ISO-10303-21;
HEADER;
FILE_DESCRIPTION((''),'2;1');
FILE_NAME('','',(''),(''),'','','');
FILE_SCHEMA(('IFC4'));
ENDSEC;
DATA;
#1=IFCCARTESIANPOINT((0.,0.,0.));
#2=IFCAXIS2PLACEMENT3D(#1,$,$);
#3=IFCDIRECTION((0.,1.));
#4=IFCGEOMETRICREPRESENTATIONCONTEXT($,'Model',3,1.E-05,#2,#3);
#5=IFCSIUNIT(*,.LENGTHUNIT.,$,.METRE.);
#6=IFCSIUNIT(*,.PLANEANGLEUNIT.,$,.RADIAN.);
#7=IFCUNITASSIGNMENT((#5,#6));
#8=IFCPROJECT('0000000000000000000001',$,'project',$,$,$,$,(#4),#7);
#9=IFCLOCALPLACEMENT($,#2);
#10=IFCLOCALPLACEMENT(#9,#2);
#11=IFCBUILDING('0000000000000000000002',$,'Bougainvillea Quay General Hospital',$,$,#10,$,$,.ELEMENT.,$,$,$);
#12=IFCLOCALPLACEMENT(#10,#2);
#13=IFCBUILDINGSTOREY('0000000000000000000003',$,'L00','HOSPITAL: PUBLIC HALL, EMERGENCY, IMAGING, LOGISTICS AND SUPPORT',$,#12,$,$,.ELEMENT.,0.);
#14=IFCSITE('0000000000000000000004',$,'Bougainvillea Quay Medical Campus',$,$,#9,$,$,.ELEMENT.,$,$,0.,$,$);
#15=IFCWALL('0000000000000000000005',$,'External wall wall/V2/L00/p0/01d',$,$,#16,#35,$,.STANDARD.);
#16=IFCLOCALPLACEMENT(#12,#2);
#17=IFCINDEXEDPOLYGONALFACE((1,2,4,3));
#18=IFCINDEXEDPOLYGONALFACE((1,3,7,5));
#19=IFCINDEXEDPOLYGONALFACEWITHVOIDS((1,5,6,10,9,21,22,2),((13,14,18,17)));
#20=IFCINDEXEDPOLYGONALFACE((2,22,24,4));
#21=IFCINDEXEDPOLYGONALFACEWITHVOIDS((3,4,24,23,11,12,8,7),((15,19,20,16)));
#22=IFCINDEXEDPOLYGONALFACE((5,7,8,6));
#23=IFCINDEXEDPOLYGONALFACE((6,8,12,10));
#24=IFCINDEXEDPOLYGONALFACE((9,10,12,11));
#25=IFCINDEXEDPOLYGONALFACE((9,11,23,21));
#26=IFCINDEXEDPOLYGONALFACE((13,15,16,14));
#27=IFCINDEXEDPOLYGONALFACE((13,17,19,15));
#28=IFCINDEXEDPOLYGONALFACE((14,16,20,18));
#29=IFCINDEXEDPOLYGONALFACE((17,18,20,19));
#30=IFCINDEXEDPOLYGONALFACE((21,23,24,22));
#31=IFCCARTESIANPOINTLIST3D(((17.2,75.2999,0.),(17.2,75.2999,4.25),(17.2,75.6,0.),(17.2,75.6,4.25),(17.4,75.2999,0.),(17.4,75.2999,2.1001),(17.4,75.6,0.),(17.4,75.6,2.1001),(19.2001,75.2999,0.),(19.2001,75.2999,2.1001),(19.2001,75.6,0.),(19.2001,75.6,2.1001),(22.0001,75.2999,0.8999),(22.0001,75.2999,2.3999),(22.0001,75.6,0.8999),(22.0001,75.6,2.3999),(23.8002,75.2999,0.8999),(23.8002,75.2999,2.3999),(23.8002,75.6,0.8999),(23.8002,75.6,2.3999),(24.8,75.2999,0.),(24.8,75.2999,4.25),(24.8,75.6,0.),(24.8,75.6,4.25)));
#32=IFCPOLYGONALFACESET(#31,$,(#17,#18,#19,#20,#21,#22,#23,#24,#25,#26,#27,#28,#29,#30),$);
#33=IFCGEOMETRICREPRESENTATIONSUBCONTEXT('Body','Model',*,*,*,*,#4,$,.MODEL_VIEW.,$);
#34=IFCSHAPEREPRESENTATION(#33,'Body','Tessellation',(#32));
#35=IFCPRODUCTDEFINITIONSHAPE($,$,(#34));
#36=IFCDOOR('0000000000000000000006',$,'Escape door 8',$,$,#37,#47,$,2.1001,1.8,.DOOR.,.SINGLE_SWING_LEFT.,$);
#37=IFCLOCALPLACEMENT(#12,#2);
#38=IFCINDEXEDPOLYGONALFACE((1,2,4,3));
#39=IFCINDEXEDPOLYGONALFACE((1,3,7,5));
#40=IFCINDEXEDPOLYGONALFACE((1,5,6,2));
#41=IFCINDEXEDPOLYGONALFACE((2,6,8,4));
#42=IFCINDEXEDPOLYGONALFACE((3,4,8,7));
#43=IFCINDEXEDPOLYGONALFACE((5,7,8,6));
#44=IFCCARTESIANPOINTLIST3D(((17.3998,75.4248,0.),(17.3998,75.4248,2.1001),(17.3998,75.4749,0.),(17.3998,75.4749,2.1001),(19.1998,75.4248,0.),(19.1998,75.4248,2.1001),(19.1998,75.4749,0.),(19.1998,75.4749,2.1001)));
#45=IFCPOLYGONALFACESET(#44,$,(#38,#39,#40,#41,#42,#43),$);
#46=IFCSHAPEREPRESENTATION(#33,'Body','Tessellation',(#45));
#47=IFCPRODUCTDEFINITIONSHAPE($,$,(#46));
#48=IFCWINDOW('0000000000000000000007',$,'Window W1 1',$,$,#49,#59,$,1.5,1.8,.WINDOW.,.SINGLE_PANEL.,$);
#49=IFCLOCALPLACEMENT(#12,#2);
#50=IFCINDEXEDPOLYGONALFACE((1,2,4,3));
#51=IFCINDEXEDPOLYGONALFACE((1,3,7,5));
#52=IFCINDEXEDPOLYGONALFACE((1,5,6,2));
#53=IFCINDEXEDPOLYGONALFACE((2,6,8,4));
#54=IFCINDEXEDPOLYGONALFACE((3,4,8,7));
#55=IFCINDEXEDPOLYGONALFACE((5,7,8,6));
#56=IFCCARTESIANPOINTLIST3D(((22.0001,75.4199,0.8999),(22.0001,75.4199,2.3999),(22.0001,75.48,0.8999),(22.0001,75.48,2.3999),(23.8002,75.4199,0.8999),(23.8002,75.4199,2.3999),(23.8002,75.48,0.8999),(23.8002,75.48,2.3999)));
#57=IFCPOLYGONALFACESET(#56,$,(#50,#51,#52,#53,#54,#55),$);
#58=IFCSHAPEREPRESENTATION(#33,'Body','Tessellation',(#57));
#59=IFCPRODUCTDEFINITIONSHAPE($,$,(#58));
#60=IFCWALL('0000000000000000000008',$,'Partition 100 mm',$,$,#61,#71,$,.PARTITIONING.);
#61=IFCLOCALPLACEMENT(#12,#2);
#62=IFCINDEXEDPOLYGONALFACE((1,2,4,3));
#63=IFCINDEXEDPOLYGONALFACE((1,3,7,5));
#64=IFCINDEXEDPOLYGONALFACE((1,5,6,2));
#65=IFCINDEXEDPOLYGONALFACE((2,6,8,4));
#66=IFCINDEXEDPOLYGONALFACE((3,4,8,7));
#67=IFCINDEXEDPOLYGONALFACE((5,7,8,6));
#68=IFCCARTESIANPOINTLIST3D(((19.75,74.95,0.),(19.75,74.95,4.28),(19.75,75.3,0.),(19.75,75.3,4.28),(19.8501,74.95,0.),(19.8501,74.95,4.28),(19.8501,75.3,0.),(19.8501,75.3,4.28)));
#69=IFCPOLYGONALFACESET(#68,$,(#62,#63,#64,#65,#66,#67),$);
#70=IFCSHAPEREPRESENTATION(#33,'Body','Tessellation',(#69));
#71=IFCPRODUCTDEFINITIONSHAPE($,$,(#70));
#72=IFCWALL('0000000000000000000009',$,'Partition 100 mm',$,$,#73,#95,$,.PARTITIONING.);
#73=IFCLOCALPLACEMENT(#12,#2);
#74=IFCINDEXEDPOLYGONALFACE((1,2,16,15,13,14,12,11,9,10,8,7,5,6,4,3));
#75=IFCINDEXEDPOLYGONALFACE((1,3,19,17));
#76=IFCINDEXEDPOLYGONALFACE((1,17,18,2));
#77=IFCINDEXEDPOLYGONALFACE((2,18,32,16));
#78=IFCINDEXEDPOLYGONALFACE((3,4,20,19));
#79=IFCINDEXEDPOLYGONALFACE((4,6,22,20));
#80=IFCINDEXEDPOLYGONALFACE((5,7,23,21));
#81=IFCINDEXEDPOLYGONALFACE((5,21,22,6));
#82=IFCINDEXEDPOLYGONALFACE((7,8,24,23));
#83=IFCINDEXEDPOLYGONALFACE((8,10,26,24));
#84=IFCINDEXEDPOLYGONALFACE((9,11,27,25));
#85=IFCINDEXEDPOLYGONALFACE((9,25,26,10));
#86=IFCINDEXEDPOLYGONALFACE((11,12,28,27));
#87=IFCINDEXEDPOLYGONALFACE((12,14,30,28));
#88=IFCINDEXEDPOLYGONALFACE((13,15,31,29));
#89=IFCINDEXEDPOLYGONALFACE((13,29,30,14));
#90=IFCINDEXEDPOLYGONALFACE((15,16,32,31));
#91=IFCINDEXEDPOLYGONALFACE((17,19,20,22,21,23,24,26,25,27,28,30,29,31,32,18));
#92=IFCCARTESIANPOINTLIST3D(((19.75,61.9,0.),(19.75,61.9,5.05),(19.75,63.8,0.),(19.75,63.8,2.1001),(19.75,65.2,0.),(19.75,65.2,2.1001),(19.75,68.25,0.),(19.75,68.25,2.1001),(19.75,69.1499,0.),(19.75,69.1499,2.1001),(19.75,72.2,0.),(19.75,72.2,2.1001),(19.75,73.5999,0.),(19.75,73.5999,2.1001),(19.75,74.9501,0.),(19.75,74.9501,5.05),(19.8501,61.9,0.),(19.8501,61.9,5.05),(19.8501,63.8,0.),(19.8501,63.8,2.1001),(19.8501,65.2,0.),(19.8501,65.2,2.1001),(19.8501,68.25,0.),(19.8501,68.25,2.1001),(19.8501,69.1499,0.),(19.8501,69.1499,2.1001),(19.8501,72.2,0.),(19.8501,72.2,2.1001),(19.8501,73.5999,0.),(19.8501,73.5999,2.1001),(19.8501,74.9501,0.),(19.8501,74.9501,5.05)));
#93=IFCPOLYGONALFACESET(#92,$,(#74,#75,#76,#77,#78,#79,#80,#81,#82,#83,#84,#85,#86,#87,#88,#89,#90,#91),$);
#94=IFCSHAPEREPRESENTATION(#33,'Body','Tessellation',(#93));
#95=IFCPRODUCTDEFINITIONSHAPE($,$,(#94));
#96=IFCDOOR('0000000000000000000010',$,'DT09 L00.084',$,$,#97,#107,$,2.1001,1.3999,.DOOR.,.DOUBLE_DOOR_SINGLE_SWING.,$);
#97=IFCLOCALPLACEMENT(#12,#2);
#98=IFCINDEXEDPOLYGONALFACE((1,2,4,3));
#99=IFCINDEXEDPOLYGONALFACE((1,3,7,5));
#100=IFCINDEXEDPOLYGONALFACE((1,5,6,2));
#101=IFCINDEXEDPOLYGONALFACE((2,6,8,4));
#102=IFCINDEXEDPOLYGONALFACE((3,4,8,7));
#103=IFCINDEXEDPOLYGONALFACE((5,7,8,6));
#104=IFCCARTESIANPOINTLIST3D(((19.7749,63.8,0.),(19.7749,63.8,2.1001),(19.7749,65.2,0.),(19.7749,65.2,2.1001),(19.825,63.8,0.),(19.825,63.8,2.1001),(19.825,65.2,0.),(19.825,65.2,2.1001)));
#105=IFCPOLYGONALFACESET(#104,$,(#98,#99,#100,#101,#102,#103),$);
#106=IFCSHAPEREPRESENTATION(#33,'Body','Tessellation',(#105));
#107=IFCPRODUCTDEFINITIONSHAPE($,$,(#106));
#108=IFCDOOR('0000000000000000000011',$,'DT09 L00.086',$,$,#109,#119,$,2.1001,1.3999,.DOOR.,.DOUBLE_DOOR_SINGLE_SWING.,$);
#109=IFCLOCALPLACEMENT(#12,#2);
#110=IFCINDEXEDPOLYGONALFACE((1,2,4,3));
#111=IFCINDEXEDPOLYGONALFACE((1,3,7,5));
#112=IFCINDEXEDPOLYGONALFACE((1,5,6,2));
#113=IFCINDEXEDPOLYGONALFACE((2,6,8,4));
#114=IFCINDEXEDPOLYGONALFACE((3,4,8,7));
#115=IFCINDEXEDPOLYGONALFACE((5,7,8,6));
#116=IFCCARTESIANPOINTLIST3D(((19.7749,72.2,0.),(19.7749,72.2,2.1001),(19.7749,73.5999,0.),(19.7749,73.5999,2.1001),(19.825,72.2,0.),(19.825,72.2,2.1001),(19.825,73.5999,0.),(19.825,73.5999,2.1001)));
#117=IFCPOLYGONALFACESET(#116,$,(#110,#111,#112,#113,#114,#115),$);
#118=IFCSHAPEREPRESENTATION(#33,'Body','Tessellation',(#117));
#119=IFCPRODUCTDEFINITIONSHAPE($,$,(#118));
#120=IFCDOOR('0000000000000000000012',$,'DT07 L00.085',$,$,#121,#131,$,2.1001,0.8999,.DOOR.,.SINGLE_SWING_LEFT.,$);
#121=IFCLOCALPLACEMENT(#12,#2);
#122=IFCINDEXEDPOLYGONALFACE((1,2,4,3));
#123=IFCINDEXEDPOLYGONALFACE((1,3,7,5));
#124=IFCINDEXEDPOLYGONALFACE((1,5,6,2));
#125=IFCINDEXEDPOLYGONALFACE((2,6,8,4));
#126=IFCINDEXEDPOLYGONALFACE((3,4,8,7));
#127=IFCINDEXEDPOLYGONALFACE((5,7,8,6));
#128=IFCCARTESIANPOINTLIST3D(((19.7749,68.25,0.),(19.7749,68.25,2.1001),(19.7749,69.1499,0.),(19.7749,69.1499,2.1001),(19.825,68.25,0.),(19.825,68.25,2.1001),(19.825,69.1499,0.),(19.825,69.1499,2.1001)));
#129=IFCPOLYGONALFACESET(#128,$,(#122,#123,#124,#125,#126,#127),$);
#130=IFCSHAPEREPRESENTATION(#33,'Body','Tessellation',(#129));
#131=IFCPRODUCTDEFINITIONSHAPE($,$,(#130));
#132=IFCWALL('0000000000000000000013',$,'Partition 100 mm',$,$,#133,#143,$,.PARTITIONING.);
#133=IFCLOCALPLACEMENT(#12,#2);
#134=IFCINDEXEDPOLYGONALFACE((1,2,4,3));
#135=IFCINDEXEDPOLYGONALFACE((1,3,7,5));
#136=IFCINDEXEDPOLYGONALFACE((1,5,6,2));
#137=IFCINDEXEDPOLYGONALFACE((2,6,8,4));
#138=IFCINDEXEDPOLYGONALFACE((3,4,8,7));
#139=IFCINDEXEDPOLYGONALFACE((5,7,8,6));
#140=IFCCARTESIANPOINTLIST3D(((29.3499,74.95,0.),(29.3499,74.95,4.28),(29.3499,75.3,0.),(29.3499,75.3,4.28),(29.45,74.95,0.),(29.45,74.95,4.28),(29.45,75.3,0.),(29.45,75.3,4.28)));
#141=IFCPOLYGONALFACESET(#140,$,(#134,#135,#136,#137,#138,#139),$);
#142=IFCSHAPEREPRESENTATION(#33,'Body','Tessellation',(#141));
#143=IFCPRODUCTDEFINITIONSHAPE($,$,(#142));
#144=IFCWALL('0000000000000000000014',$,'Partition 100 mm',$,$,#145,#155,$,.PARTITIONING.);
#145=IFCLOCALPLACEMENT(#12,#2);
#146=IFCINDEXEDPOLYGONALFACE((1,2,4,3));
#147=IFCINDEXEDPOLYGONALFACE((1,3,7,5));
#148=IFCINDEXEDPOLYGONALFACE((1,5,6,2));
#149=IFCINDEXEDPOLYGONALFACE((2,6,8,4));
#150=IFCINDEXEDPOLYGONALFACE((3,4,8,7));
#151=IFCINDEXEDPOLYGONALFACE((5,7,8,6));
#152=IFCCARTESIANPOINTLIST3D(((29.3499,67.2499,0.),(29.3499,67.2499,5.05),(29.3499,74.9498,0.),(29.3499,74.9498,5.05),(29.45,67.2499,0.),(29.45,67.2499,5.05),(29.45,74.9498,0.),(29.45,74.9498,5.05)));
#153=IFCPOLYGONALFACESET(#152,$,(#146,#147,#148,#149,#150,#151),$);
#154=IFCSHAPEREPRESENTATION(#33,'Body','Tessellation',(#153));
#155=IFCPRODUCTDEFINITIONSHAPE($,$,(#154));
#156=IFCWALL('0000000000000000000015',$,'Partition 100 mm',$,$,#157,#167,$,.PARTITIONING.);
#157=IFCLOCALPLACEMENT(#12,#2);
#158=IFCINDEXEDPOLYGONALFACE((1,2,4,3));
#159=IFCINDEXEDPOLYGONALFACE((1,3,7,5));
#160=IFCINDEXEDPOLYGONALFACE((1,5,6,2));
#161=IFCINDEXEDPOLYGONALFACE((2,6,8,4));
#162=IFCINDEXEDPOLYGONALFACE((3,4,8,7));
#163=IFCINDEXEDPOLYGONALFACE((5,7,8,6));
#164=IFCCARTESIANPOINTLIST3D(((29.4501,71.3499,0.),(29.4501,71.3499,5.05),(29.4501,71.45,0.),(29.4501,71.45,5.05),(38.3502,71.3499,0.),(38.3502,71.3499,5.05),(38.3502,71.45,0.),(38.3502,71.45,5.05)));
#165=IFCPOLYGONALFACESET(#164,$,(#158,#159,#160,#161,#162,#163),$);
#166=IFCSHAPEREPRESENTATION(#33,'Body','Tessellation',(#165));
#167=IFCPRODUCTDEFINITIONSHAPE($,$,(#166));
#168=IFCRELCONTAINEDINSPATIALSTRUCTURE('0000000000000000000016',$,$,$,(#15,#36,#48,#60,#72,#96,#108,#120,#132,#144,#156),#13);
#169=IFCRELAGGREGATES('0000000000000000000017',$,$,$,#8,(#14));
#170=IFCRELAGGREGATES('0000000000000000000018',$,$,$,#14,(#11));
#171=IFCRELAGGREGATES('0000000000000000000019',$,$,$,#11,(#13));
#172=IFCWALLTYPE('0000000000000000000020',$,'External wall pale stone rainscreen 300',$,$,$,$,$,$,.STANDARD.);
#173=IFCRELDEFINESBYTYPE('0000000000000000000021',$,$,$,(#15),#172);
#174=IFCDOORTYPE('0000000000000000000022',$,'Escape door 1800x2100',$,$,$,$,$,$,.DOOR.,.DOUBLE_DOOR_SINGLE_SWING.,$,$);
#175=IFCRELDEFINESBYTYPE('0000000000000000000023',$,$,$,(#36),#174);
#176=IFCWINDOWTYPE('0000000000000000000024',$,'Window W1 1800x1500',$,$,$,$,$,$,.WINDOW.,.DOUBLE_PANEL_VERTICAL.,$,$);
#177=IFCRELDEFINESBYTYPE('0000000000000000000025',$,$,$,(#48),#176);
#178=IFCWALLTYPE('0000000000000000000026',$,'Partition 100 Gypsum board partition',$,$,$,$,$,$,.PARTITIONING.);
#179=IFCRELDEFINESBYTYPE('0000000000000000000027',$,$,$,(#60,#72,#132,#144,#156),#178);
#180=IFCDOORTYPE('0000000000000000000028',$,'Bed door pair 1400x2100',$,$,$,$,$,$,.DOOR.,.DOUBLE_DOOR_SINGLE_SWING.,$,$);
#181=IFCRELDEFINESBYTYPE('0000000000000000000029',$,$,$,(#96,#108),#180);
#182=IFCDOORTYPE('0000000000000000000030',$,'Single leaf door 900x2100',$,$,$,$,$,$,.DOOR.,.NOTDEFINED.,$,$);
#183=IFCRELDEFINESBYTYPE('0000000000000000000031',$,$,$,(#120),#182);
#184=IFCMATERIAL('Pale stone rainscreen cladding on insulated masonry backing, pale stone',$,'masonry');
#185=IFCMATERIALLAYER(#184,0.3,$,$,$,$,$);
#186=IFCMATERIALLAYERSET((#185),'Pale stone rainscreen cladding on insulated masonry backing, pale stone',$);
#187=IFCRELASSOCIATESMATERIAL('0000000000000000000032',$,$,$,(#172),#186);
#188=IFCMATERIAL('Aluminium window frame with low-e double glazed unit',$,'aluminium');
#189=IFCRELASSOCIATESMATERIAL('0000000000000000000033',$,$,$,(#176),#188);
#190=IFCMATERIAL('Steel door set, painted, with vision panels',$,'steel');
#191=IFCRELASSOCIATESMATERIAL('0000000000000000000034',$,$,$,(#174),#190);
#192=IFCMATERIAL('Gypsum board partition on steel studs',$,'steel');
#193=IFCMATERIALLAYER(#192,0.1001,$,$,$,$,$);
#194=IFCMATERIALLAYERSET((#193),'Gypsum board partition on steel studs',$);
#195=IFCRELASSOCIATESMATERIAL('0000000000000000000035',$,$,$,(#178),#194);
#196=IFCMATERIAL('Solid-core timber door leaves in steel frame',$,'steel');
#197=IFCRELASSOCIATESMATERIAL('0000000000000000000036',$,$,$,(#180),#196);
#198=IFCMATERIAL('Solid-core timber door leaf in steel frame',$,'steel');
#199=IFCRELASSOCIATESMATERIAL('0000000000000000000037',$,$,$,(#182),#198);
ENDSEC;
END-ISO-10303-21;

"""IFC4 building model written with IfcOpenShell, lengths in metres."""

from ifc_helpers import new_model, si_unit, direction, frame, frame_2d, origin, place, context, subcontext, project, spatial, rectangle, extrude, material, layer, layer_set, type_object, element, fill, save


model = new_model("IFC4")

# Units and contexts
model_context = context("Model", 3, precision=1e-05, world=origin(), true_north=direction((0.0, 1.0)))
body_context = subcontext(model_context, "Body", "Model", "MODEL_VIEW")
ifc_project = project(units=[si_unit("LENGTHUNIT", "METRE"), si_unit("PLANEANGLEUNIT", "RADIAN")], contexts=[model_context])

# Site, building, storey
site_placement = place(None, origin())
site = spatial("IfcSite", under=ifc_project, at=site_placement, Name="Bougainvillea Quay Medical Campus", CompositionType="ELEMENT", RefElevation=0.0)
building_placement = place(site_placement, origin())
building = spatial("IfcBuilding", under=site, at=building_placement, Name="Bougainvillea Quay General Hospital", CompositionType="ELEMENT")
storey_placement = place(building_placement, origin())
storey = spatial("IfcBuildingStorey", under=building, at=storey_placement, Name="L00", Description="HOSPITAL: PUBLIC HALL, EMERGENCY, IMAGING, LOGISTICS AND SUPPORT", CompositionType="ELEMENT", Elevation=0.0)

# Shared definitions
ifc_material_1 = material(Name="Pale stone rainscreen cladding on insulated masonry backing, pale stone", Category="masonry")
ifc_layer_1 = layer(ifc_material_1, 0.3)
ifc_layer_set_1 = layer_set([ifc_layer_1], Name="Pale stone rainscreen cladding on insulated masonry backing, pale stone")
wall_type_1 = type_object("IfcWallType", Name="External wall pale stone rainscreen 300", PredefinedType="STANDARD", material=ifc_layer_set_1)
ifc_material_2 = material(Name="Aluminium window frame with low-e double glazed unit", Category="aluminium")
window_type = type_object("IfcWindowType", Name="Window W1 1800x1500", PartitioningType="DOUBLE_PANEL_VERTICAL", PredefinedType="WINDOW", material=ifc_material_2)

# Wall, openings, door, window
wall_1_placement = place(storey_placement, frame((24.8, 75.45, 0.0), z_axis=(0.0, 0.0, 1.0), x_axis=(-1.0, 0.0, 0.0)))
wall_1 = element("IfcWall", 1, at=wall_1_placement, inside=storey, type_object=wall_type_1, Name="External wall wall/V2/L00/p0/01d", PredefinedType="STANDARD", context=body_context, shape_type="SweptSolid", body=[
    extrude(rectangle(XDim=7.6001, YDim=0.3, at=frame_2d((3.8, 0.0))), origin(), (0.0, 0.0, 1.0), 4.25),
])
opening_1_placement = place(wall_1_placement, frame((5.6001, 0.0, 0.0)))
opening_1 = element("IfcOpeningElement", 2, at=opening_1_placement, cuts=wall_1, PredefinedType="OPENING", context=body_context, shape_type="SweptSolid", body=[
    extrude(rectangle(XDim=1.8, YDim=2.1001, at=frame_2d((0.8999, 1.05))), frame((0.0, 0.1599, 0.0), z_axis=(0.0, -1.0, 0.0), x_axis=(1.0, 0.0, 0.0)), (0.0, 0.0, 1.0), 0.3201),
])
opening_2_placement = place(wall_1_placement, frame((1.0, 0.0, 0.8999)))
opening_2 = element("IfcOpeningElement", 3, at=opening_2_placement, cuts=wall_1, PredefinedType="OPENING", context=body_context, shape_type="SweptSolid", body=[
    extrude(rectangle(XDim=1.8, YDim=1.5, at=frame_2d((0.8999, 0.75))), frame((0.0, 0.1599, 0.0), z_axis=(0.0, -1.0, 0.0), x_axis=(1.0, 0.0, 0.0)), (0.0, 0.0, 1.0), 0.3201),
])
ifc_material_3 = material(Name="Steel door set, painted, with vision panels", Category="steel")
door_type_1 = type_object("IfcDoorType", Name="Escape door 1800x2100", OperationType="DOUBLE_DOOR_SINGLE_SWING", PredefinedType="DOOR", material=ifc_material_3)
door_1_placement = place(opening_1_placement, frame((1.8, 0.0, 0.0), z_axis=(0.0, 0.0, 1.0), x_axis=(-1.0, 0.0, 0.0)))
door_1 = element("IfcDoor", 4, at=door_1_placement, inside=storey, type_object=door_type_1, Name="Escape door 8", OperationType="SINGLE_SWING_LEFT", OverallHeight=2.1001, OverallWidth=1.8, PredefinedType="DOOR", context=body_context, shape_type="SweptSolid", body=[
    extrude(rectangle(XDim=1.8, YDim=2.1001, at=frame_2d((0.8999, 1.05))), frame((0.0, 0.0249, 0.0), z_axis=(0.0, -1.0, 0.0), x_axis=(1.0, 0.0, 0.0)), (0.0, 0.0, 1.0), 0.05),
])
fill(opening_1, door_1)
window_1_placement = place(opening_2_placement, origin())
window_1 = element("IfcWindow", 5, at=window_1_placement, inside=storey, type_object=window_type, Name="Window W1 1", OverallHeight=1.5, OverallWidth=1.8, PartitioningType="SINGLE_PANEL", PredefinedType="WINDOW", context=body_context, shape_type="SweptSolid", body=[
    extrude(rectangle(XDim=1.8, YDim=1.5, at=frame_2d((0.8999, 0.75))), frame((0.0, 0.03, 0.0), z_axis=(0.0, -1.0, 0.0), x_axis=(1.0, 0.0, 0.0)), (0.0, 0.0, 1.0), 0.0601),
])
fill(opening_2, window_1)

# Wall
ifc_material_4 = material(Name="Gypsum board partition on steel studs", Category="steel")
ifc_layer_2 = layer(ifc_material_4, 0.1001)
ifc_layer_set_2 = layer_set([ifc_layer_2], Name="Gypsum board partition on steel studs")
wall_type_2 = type_object("IfcWallType", Name="Partition 100 Gypsum board partition", PredefinedType="PARTITIONING", material=ifc_layer_set_2)
wall_2_placement = place(storey_placement, frame((19.8, 75.3, 0.0), z_axis=(0.0, 0.0, 1.0), x_axis=(0.0, -1.0, 0.0)))
element("IfcWall", 6, at=wall_2_placement, inside=storey, type_object=wall_type_2, Name="Partition 100 mm", PredefinedType="PARTITIONING", context=body_context, shape_type="SweptSolid", body=[
    extrude(rectangle(XDim=0.3501, YDim=0.1001, at=frame_2d((0.175, 0.0))), origin(), (0.0, 0.0, 1.0), 4.28),
])

# Wall, openings, doors
wall_3_placement = place(storey_placement, frame((19.8, 74.95, 0.0), z_axis=(0.0, 0.0, 1.0), x_axis=(0.0, -1.0, 0.0)))
wall_3 = element("IfcWall", 7, at=wall_3_placement, inside=storey, type_object=wall_type_2, Name="Partition 100 mm", PredefinedType="PARTITIONING", context=body_context, shape_type="SweptSolid", body=[
    extrude(rectangle(XDim=13.05, YDim=0.1001, at=frame_2d((6.5249, 0.0))), origin(), (0.0, 0.0, 1.0), 5.05),
])
opening_3_placement = place(wall_3_placement, frame((9.75, 0.0, 0.0)))
opening_3 = element("IfcOpeningElement", 8, at=opening_3_placement, cuts=wall_3, PredefinedType="OPENING", context=body_context, shape_type="SweptSolid", body=[
    extrude(rectangle(XDim=1.3999, YDim=2.1001, at=frame_2d((0.7, 1.05))), frame((0.0, 0.0601, 0.0), z_axis=(0.0, -1.0, 0.0), x_axis=(1.0, 0.0, 0.0)), (0.0, 0.0, 1.0), 0.1201),
])
opening_4_placement = place(wall_3_placement, frame((5.8, 0.0, 0.0)))
opening_4 = element("IfcOpeningElement", 9, at=opening_4_placement, cuts=wall_3, PredefinedType="OPENING", context=body_context, shape_type="SweptSolid", body=[
    extrude(rectangle(XDim=0.8999, YDim=2.1001, at=frame_2d((0.45, 1.05))), frame((0.0, 0.0601, 0.0), z_axis=(0.0, -1.0, 0.0), x_axis=(1.0, 0.0, 0.0)), (0.0, 0.0, 1.0), 0.1201),
])
opening_5_placement = place(wall_3_placement, frame((1.3501, 0.0, 0.0)))
opening_5 = element("IfcOpeningElement", 10, at=opening_5_placement, cuts=wall_3, PredefinedType="OPENING", context=body_context, shape_type="SweptSolid", body=[
    extrude(rectangle(XDim=1.3999, YDim=2.1001, at=frame_2d((0.7, 1.05))), frame((0.0, 0.0601, 0.0), z_axis=(0.0, -1.0, 0.0), x_axis=(1.0, 0.0, 0.0)), (0.0, 0.0, 1.0), 0.1201),
])
ifc_material_5 = material(Name="Solid-core timber door leaves in steel frame", Category="steel")
door_type_2 = type_object("IfcDoorType", Name="Bed door pair 1400x2100", OperationType="DOUBLE_DOOR_SINGLE_SWING", PredefinedType="DOOR", material=ifc_material_5)
door_2_placement = place(opening_3_placement, origin())
door_2 = element("IfcDoor", 11, at=door_2_placement, inside=storey, type_object=door_type_2, Name="DT09 L00.084", OperationType="DOUBLE_DOOR_SINGLE_SWING", OverallHeight=2.1001, OverallWidth=1.3999, PredefinedType="DOOR", context=body_context, shape_type="SweptSolid", body=[
    extrude(rectangle(XDim=1.3999, YDim=2.1001, at=frame_2d((0.7, 1.05))), frame((0.0, 0.0249, 0.0), z_axis=(0.0, -1.0, 0.0), x_axis=(1.0, 0.0, 0.0)), (0.0, 0.0, 1.0), 0.05),
])
fill(opening_3, door_2)
door_3_placement = place(opening_5_placement, origin())
door_3 = element("IfcDoor", 12, at=door_3_placement, inside=storey, type_object=door_type_2, Name="DT09 L00.086", OperationType="DOUBLE_DOOR_SINGLE_SWING", OverallHeight=2.1001, OverallWidth=1.3999, PredefinedType="DOOR", context=body_context, shape_type="SweptSolid", body=[
    extrude(rectangle(XDim=1.3999, YDim=2.1001, at=frame_2d((0.7, 1.05))), frame((0.0, 0.0249, 0.0), z_axis=(0.0, -1.0, 0.0), x_axis=(1.0, 0.0, 0.0)), (0.0, 0.0, 1.0), 0.05),
])
fill(opening_5, door_3)
ifc_material_6 = material(Name="Solid-core timber door leaf in steel frame", Category="steel")
door_type_3 = type_object("IfcDoorType", Name="Single leaf door 900x2100", OperationType="NOTDEFINED", PredefinedType="DOOR", material=ifc_material_6)
door_4_placement = place(opening_4_placement, origin())
door_4 = element("IfcDoor", 13, at=door_4_placement, inside=storey, type_object=door_type_3, Name="DT07 L00.085", OperationType="SINGLE_SWING_LEFT", OverallHeight=2.1001, OverallWidth=0.8999, PredefinedType="DOOR", context=body_context, shape_type="SweptSolid", body=[
    extrude(rectangle(XDim=0.8999, YDim=2.1001, at=frame_2d((0.45, 1.05))), frame((0.0, 0.0249, 0.0), z_axis=(0.0, -1.0, 0.0), x_axis=(1.0, 0.0, 0.0)), (0.0, 0.0, 1.0), 0.05),
])
fill(opening_4, door_4)

# Walls
wall_4_placement = place(storey_placement, frame((29.3999, 75.3, 0.0), z_axis=(0.0, 0.0, 1.0), x_axis=(0.0, -1.0, 0.0)))
element("IfcWall", 14, at=wall_4_placement, inside=storey, type_object=wall_type_2, Name="Partition 100 mm", PredefinedType="PARTITIONING", context=body_context, shape_type="SweptSolid", body=[
    extrude(rectangle(XDim=0.3501, YDim=0.1001, at=frame_2d((0.175, 0.0))), origin(), (0.0, 0.0, 1.0), 4.28),
])
wall_5_placement = place(storey_placement, frame((29.3999, 74.95, 0.0), z_axis=(0.0, 0.0, 1.0), x_axis=(0.0, -1.0, 0.0)))
element("IfcWall", 15, at=wall_5_placement, inside=storey, type_object=wall_type_2, Name="Partition 100 mm", PredefinedType="PARTITIONING", context=body_context, shape_type="SweptSolid", body=[
    extrude(rectangle(XDim=7.7, YDim=0.1001, at=frame_2d((3.8501, 0.0))), origin(), (0.0, 0.0, 1.0), 5.05),
])
wall_6_placement = place(storey_placement, frame((29.45, 71.3999, 0.0), z_axis=(0.0, 0.0, 1.0), x_axis=(1.0, 0.0, 0.0)))
element("IfcWall", 16, at=wall_6_placement, inside=storey, type_object=wall_type_2, Name="Partition 100 mm", PredefinedType="PARTITIONING", context=body_context, shape_type="SweptSolid", body=[
    extrude(rectangle(XDim=8.9001, YDim=0.1001, at=frame_2d((4.4502, 0.0))), origin(), (0.0, 0.0, 1.0), 5.05),
])

save(model, "model.ifc")
